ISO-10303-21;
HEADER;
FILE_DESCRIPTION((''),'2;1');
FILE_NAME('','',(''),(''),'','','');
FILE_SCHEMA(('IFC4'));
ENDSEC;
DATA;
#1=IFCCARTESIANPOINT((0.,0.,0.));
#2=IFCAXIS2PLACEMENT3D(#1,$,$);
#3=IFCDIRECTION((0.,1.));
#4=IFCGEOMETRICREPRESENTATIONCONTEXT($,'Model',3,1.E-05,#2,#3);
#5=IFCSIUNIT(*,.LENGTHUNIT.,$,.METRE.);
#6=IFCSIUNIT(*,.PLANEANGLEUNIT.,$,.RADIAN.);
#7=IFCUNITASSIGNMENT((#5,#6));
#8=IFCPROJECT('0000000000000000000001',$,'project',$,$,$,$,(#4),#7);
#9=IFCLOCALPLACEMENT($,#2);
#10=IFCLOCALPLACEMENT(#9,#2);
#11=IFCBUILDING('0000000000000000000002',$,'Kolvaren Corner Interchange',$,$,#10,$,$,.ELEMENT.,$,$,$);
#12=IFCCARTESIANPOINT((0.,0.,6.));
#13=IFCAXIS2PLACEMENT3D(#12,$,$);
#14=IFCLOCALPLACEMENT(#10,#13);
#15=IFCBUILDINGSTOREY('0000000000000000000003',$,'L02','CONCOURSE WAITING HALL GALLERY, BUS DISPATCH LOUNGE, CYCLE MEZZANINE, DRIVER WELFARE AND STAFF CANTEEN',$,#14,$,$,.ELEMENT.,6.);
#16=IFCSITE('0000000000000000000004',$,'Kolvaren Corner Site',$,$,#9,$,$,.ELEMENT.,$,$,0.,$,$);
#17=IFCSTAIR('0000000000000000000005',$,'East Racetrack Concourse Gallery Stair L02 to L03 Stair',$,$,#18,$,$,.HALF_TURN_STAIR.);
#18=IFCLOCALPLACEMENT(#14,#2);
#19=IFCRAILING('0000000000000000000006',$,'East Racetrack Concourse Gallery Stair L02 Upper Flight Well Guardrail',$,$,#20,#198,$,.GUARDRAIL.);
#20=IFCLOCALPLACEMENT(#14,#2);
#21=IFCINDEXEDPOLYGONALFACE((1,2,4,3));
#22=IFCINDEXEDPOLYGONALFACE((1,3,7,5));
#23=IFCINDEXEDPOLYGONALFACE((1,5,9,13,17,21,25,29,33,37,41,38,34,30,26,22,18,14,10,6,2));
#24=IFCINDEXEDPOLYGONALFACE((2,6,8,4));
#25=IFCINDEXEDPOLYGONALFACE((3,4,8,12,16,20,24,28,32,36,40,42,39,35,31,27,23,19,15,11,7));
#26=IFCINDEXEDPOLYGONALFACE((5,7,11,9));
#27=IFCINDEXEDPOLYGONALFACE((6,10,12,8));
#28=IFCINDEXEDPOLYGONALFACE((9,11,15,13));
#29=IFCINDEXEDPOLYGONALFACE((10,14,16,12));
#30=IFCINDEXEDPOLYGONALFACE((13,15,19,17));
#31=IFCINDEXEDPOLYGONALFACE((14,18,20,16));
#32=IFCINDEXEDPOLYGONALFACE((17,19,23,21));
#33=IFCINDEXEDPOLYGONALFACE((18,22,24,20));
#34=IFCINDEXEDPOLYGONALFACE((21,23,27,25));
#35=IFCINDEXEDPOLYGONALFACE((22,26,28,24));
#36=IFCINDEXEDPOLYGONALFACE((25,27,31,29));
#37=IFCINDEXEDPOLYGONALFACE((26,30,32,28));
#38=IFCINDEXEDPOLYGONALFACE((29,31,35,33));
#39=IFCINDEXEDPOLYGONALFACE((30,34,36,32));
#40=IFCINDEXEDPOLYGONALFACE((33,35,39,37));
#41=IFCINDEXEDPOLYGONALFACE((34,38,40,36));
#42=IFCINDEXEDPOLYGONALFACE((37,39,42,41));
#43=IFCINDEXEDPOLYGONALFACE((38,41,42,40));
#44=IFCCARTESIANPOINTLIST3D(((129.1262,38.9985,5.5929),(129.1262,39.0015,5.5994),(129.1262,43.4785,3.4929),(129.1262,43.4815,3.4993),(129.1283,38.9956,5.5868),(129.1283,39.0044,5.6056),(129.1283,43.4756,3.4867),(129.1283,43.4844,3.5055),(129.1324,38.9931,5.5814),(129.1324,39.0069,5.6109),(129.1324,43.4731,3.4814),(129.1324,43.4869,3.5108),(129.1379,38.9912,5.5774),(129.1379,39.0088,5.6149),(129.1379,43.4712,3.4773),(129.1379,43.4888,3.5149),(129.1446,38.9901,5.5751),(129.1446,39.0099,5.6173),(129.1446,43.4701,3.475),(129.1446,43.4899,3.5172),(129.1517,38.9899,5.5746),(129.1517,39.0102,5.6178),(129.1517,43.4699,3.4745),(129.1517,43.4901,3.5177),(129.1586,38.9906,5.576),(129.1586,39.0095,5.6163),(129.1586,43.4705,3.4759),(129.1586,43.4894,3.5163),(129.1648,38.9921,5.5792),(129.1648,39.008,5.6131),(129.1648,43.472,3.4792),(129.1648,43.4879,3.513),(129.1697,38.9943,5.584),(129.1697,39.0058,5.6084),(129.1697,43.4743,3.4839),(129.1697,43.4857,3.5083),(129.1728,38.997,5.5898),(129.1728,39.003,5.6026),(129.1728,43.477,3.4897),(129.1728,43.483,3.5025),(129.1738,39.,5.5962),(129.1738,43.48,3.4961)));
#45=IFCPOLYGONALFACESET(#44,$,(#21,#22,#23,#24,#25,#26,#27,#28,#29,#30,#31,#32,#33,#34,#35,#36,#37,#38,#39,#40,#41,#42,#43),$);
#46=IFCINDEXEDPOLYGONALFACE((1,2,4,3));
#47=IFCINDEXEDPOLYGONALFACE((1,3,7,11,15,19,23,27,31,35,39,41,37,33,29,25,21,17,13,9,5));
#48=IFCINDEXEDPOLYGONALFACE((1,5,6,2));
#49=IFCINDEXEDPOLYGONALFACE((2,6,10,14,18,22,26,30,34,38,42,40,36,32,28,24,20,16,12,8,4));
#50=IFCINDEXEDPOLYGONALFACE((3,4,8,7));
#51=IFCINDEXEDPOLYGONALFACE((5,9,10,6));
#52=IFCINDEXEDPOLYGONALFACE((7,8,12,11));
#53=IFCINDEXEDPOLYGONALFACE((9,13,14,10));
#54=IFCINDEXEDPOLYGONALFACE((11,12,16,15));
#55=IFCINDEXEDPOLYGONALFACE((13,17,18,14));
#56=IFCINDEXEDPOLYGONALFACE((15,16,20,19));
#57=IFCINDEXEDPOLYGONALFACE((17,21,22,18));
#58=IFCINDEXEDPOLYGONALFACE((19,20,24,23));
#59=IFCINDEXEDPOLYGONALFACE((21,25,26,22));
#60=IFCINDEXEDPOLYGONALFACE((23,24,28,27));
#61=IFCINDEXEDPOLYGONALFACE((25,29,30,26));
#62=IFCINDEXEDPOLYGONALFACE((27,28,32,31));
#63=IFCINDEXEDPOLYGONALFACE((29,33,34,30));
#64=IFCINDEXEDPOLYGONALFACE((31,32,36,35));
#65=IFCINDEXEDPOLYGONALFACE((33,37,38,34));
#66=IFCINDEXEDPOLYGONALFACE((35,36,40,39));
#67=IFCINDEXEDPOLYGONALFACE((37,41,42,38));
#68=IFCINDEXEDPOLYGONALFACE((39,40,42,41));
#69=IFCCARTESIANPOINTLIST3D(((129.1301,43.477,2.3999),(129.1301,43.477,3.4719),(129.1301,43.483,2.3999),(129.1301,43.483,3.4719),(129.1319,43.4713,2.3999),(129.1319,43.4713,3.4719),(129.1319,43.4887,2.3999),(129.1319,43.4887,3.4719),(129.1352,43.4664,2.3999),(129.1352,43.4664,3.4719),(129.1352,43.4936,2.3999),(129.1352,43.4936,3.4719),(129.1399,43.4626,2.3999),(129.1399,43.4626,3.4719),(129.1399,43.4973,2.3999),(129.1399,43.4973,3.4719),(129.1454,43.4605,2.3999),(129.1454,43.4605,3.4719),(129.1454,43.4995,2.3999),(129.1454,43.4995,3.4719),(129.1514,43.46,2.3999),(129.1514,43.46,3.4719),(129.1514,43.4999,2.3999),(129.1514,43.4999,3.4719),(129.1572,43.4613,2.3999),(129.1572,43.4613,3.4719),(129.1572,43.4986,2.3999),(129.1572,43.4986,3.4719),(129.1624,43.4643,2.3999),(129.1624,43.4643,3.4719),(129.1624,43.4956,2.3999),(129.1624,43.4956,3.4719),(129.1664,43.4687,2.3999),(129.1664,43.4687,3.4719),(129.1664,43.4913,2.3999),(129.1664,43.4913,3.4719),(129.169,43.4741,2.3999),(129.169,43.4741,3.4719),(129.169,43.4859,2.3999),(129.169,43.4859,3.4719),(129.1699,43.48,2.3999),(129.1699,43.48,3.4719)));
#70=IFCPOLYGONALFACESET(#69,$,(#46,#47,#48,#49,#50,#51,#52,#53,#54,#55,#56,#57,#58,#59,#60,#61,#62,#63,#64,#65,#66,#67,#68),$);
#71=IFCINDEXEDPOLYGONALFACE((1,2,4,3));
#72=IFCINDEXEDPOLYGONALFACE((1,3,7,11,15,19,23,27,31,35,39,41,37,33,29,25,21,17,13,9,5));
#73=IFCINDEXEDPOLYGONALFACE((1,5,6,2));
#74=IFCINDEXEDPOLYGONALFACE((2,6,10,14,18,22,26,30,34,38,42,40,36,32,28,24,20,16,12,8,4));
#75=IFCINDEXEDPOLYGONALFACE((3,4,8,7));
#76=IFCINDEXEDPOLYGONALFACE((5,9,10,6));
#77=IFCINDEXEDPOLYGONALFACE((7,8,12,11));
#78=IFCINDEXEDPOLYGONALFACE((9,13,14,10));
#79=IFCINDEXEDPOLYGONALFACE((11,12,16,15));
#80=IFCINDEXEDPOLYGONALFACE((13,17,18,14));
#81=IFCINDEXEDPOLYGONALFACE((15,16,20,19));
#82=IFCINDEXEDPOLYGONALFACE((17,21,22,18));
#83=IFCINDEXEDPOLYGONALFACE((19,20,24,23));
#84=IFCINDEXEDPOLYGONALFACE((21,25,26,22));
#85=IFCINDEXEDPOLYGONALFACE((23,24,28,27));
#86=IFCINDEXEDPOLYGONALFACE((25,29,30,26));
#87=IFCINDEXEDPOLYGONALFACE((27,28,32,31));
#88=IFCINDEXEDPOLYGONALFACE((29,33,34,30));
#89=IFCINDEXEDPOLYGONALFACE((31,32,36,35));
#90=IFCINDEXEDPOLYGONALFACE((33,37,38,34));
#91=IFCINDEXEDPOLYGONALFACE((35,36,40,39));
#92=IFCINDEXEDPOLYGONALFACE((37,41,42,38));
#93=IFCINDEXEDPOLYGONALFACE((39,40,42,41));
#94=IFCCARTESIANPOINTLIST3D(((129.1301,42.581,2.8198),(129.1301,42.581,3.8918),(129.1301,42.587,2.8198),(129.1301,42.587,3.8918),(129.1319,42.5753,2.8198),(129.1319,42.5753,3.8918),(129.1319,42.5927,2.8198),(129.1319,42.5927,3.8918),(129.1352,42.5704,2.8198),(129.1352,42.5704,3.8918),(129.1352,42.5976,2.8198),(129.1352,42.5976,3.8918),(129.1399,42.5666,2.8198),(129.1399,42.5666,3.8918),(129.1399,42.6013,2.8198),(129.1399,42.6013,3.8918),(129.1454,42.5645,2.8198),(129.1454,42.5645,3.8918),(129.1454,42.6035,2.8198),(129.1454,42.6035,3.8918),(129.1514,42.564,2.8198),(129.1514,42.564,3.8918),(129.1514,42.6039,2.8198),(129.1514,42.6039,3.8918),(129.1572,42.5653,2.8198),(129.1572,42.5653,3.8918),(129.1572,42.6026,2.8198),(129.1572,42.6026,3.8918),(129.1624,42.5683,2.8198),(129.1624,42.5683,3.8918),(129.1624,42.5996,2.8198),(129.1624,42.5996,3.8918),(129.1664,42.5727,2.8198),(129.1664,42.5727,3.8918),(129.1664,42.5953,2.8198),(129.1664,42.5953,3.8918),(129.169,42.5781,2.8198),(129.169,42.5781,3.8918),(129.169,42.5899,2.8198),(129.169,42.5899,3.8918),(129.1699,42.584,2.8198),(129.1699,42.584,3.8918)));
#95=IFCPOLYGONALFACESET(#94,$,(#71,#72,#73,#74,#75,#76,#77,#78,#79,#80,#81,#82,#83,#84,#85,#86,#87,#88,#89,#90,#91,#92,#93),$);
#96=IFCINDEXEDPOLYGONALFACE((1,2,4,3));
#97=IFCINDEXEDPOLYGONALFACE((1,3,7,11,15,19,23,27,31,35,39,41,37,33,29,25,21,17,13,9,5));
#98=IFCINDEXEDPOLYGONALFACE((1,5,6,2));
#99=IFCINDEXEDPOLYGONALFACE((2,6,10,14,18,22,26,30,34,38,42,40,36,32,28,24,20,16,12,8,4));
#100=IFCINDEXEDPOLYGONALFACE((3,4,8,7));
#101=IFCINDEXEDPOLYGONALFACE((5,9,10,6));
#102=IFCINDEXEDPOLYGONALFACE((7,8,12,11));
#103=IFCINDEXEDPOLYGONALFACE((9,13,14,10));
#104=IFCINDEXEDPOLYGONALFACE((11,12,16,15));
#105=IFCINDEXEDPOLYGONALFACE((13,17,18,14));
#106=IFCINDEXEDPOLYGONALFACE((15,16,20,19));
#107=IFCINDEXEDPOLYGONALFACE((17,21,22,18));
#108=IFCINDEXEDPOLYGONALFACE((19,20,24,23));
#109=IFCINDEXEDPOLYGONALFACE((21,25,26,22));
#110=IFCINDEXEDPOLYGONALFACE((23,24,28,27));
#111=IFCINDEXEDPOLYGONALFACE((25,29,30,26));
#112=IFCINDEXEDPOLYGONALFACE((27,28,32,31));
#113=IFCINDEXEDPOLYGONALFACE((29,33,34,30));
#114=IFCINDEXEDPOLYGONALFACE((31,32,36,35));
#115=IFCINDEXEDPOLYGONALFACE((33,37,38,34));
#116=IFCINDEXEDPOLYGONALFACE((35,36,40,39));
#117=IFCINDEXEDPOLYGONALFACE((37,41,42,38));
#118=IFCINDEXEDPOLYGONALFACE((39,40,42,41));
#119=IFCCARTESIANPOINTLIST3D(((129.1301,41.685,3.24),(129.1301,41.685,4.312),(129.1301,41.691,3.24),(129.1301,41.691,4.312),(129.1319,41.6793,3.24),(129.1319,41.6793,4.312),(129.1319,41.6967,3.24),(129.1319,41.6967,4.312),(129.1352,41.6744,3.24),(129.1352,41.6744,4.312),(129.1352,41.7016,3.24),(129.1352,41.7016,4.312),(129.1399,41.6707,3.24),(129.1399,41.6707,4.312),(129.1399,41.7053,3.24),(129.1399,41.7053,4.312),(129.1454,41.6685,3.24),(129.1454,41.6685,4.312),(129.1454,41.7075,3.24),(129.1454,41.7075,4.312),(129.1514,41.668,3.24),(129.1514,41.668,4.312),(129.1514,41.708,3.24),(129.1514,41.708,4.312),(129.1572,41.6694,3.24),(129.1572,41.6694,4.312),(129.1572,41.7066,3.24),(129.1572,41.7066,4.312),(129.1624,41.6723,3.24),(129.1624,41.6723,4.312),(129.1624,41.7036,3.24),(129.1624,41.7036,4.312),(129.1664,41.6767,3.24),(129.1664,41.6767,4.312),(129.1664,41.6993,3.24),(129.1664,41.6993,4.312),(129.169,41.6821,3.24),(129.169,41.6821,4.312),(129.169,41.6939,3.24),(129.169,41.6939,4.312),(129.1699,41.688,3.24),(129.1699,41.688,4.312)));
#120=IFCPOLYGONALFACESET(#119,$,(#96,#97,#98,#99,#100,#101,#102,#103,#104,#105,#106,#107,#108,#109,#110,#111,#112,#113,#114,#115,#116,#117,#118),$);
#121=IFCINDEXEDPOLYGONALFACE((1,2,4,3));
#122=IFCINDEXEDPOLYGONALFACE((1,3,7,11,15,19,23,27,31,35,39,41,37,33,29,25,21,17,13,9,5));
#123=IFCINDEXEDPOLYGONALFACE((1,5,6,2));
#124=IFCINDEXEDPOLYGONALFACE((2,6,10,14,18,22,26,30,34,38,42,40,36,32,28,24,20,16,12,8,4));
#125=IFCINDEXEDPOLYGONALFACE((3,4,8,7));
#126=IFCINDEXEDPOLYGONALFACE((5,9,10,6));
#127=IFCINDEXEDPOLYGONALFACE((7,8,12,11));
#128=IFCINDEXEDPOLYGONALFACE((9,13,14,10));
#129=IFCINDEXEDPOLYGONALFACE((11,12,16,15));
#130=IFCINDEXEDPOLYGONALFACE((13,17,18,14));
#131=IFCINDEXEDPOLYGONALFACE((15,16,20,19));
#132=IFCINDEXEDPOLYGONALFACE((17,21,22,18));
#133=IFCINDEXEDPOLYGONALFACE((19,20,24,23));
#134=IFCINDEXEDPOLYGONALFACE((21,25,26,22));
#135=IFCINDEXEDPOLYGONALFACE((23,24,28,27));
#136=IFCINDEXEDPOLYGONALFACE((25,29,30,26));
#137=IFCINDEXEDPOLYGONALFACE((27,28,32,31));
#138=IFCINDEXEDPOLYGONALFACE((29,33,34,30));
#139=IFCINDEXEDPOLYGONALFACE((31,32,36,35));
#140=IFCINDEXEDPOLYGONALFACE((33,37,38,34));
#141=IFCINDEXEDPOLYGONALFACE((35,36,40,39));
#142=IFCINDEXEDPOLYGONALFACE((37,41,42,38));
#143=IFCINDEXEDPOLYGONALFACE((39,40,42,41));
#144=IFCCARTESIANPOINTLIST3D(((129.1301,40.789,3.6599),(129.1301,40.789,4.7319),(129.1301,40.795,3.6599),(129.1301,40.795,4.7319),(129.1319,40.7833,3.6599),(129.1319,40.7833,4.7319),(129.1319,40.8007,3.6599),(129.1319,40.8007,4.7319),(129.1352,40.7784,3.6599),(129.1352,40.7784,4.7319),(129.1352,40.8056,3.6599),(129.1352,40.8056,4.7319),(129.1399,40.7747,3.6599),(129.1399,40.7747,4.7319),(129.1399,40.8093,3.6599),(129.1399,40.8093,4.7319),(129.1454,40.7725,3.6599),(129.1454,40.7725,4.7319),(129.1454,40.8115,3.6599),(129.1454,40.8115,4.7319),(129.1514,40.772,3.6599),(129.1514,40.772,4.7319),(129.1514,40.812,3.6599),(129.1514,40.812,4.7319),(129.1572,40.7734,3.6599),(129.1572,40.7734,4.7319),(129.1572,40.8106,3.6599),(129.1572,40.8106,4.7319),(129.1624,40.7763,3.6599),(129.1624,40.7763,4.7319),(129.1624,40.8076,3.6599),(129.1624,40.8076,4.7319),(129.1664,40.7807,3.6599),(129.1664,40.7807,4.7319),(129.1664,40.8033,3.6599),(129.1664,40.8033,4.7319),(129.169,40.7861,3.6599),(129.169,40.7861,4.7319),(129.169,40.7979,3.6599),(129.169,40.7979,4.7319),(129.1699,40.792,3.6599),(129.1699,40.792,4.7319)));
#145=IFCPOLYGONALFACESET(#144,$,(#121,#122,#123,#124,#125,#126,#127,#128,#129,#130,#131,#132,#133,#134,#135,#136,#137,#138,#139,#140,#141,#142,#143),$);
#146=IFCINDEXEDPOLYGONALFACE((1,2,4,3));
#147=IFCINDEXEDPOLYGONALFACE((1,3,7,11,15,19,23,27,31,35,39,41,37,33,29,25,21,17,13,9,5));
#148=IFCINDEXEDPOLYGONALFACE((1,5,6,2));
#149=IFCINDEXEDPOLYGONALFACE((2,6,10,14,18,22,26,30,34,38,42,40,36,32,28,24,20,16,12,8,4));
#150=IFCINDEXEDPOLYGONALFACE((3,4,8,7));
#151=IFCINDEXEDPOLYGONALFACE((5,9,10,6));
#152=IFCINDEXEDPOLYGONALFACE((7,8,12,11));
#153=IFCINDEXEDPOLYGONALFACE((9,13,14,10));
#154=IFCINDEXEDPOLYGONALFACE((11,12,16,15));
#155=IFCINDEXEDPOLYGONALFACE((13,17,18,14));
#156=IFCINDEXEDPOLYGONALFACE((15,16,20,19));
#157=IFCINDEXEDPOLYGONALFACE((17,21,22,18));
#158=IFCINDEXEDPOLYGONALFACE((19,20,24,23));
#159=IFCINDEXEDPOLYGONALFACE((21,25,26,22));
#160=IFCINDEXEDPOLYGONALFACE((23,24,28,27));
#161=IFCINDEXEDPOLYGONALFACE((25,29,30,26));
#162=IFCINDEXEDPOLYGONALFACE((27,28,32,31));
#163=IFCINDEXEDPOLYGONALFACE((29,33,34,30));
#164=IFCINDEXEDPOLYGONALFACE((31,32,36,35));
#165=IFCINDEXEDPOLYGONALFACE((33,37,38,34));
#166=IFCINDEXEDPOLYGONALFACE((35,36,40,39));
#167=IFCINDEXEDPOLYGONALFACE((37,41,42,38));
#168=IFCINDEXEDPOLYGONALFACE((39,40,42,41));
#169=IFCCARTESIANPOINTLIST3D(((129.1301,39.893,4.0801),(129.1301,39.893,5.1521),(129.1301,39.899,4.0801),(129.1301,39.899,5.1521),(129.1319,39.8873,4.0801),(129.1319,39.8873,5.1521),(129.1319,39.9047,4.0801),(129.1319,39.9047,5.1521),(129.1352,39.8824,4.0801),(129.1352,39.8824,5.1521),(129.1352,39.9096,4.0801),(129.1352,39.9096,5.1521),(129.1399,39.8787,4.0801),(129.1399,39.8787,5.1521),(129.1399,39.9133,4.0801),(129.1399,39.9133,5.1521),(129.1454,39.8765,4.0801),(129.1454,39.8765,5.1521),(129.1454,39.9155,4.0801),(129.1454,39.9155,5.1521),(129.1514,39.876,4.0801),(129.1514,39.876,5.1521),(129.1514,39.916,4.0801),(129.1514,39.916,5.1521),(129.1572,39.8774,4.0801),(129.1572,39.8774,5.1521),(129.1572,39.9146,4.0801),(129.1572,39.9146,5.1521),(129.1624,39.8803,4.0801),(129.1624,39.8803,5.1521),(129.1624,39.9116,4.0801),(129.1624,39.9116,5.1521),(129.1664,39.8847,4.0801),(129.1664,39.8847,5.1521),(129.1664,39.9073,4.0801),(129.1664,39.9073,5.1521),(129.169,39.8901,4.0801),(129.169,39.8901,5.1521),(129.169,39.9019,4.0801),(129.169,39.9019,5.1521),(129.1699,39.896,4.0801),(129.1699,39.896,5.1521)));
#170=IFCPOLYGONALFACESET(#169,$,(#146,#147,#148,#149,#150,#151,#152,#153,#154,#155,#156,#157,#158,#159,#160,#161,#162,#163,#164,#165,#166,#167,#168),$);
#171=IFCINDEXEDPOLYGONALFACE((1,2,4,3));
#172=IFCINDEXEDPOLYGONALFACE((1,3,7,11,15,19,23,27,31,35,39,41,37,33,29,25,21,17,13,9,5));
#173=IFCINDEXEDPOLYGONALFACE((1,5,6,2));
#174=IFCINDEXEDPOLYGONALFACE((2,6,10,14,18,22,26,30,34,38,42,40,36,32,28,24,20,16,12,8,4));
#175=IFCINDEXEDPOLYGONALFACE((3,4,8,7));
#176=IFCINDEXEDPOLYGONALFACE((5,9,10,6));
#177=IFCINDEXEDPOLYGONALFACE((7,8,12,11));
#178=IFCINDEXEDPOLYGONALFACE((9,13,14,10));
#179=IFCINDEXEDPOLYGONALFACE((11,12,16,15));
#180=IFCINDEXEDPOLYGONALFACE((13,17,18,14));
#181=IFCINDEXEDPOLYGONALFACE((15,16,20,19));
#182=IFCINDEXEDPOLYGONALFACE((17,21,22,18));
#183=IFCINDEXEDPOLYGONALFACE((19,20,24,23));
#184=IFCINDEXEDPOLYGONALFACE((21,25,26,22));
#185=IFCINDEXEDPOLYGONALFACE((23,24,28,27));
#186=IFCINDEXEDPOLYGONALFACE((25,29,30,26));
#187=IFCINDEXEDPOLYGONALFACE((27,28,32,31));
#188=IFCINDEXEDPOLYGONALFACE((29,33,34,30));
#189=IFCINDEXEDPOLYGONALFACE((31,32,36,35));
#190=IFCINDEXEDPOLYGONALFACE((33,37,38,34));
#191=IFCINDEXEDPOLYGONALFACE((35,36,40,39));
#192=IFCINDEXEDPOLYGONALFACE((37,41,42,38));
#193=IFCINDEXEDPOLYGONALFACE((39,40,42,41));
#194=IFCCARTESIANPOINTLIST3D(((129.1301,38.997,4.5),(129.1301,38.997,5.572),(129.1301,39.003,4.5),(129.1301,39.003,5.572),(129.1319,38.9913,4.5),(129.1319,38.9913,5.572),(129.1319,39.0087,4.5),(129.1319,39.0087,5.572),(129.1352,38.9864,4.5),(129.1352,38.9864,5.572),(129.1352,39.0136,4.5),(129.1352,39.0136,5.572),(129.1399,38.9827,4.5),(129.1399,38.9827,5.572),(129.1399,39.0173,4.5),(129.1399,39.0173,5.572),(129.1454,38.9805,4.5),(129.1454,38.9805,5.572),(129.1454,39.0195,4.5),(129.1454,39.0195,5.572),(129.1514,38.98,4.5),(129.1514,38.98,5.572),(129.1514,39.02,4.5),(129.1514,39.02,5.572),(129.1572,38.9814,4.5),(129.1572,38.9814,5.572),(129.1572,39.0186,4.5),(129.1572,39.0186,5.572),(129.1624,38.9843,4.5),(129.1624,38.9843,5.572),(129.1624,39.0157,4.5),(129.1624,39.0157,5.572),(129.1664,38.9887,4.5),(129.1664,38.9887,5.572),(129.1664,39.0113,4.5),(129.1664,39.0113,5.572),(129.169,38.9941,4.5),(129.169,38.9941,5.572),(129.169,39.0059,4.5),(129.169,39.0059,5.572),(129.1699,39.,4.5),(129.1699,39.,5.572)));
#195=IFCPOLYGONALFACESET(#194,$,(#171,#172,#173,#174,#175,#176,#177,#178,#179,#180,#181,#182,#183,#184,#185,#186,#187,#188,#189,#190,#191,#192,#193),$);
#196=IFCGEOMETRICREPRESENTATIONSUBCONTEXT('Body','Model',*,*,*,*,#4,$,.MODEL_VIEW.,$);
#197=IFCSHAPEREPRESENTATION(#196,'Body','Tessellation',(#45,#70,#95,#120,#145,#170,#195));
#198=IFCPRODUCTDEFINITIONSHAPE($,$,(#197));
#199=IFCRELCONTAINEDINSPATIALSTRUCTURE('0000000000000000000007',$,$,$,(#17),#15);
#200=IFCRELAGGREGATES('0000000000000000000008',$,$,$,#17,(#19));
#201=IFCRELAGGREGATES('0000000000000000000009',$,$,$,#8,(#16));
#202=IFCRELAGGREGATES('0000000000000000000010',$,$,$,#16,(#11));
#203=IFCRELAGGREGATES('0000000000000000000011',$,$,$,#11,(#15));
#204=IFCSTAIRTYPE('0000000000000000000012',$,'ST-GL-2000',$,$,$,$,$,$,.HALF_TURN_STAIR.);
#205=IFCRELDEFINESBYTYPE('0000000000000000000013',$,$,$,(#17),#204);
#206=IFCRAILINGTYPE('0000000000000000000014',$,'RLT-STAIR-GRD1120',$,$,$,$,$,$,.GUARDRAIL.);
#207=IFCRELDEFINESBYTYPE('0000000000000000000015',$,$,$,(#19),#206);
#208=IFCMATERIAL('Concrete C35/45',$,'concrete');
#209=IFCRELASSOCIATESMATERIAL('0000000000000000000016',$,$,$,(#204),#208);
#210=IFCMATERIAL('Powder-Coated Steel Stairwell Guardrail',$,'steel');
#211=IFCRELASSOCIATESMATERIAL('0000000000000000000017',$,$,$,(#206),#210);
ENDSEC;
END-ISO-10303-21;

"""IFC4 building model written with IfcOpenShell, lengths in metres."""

from ifc_helpers import new_model, si_unit, direction, frame, origin, origin_2d, place, context, subcontext, project, spatial, circle, extrude, material, type_object, element, aggregate, save


model = new_model("IFC4")

# Units and contexts
model_context = context("Model", 3, precision=1e-05, world=origin(), true_north=direction((0.0, 1.0)))
body_context = subcontext(model_context, "Body", "Model", "MODEL_VIEW")
ifc_project = project(units=[si_unit("LENGTHUNIT", "METRE"), si_unit("PLANEANGLEUNIT", "RADIAN")], contexts=[model_context])

# Site, building, storey
site_placement = place(None, origin())
site = spatial("IfcSite", under=ifc_project, at=site_placement, Name="Kolvaren Corner Site", CompositionType="ELEMENT", RefElevation=0.0)
building_placement = place(site_placement, origin())
building = spatial("IfcBuilding", under=site, at=building_placement, Name="Kolvaren Corner Interchange", CompositionType="ELEMENT")
storey_placement = place(building_placement, frame((0.0, 0.0, 6.0)))
storey = spatial("IfcBuildingStorey", under=building, at=storey_placement, Name="L02", Description="CONCOURSE WAITING HALL GALLERY, BUS DISPATCH LOUNGE, CYCLE MEZZANINE, DRIVER WELFARE AND STAFF CANTEEN", CompositionType="ELEMENT", Elevation=6.0)

# Stair
ifc_material_1 = material(Name="Concrete C35/45", Category="concrete")
stair_type_1 = type_object("IfcStairType", Name="ST-GL-2000", PredefinedType="HALF_TURN_STAIR", material=ifc_material_1)
stair_1_placement = place(storey_placement, origin())
stair_1 = element("IfcStair", 1, at=stair_1_placement, inside=storey, type_object=stair_type_1, Name="East Racetrack Concourse Gallery Stair L02 to L03 Stair", PredefinedType="HALF_TURN_STAIR")

# Shared definitions
ifc_material_2 = material(Name="Powder-Coated Steel Stairwell Guardrail", Category="steel")
railing_type_1 = type_object("IfcRailingType", Name="RLT-STAIR-GRD1120", PredefinedType="GUARDRAIL", material=ifc_material_2)

# Railing
railing_1_placement = place(storey_placement, frame((129.1499, 43.48, 2.3999)))
railing_1 = element("IfcRailing", 2, at=railing_1_placement, type_object=railing_type_1, Name="East Racetrack Concourse Gallery Stair L02 Upper Flight Well Guardrail", PredefinedType="GUARDRAIL", context=body_context, shape_type="SweptSolid", body=[
    extrude(circle(Radius=0.0239, at=origin_2d()), frame((0.0, 0.0, 1.0962), z_axis=(0.0, -0.905451, 0.424452), x_axis=(1.0, 0.0, 0.0)), (0.0, 0.0, 1.0), 4.9478),
    extrude(circle(Radius=0.02, at=origin_2d()), origin(), (0.0, 0.0, 1.0), 1.072),
    extrude(circle(Radius=0.02, at=origin_2d()), frame((0.0, -0.896, 0.4199)), (0.0, 0.0, 1.0), 1.072),
    extrude(circle(Radius=0.02, at=origin_2d()), frame((0.0, -1.792, 0.8401)), (0.0, 0.0, 1.0), 1.072),
    extrude(circle(Radius=0.02, at=origin_2d()), frame((0.0, -2.688, 1.26)), (0.0, 0.0, 1.0), 1.072),
    extrude(circle(Radius=0.02, at=origin_2d()), frame((0.0, -3.584, 1.6802)), (0.0, 0.0, 1.0), 1.072),
    extrude(circle(Radius=0.02, at=origin_2d()), frame((0.0, -4.48, 2.1001)), (0.0, 0.0, 1.0), 1.072),
])
aggregate(stair_1, [railing_1])

save(model, "model.ifc")
